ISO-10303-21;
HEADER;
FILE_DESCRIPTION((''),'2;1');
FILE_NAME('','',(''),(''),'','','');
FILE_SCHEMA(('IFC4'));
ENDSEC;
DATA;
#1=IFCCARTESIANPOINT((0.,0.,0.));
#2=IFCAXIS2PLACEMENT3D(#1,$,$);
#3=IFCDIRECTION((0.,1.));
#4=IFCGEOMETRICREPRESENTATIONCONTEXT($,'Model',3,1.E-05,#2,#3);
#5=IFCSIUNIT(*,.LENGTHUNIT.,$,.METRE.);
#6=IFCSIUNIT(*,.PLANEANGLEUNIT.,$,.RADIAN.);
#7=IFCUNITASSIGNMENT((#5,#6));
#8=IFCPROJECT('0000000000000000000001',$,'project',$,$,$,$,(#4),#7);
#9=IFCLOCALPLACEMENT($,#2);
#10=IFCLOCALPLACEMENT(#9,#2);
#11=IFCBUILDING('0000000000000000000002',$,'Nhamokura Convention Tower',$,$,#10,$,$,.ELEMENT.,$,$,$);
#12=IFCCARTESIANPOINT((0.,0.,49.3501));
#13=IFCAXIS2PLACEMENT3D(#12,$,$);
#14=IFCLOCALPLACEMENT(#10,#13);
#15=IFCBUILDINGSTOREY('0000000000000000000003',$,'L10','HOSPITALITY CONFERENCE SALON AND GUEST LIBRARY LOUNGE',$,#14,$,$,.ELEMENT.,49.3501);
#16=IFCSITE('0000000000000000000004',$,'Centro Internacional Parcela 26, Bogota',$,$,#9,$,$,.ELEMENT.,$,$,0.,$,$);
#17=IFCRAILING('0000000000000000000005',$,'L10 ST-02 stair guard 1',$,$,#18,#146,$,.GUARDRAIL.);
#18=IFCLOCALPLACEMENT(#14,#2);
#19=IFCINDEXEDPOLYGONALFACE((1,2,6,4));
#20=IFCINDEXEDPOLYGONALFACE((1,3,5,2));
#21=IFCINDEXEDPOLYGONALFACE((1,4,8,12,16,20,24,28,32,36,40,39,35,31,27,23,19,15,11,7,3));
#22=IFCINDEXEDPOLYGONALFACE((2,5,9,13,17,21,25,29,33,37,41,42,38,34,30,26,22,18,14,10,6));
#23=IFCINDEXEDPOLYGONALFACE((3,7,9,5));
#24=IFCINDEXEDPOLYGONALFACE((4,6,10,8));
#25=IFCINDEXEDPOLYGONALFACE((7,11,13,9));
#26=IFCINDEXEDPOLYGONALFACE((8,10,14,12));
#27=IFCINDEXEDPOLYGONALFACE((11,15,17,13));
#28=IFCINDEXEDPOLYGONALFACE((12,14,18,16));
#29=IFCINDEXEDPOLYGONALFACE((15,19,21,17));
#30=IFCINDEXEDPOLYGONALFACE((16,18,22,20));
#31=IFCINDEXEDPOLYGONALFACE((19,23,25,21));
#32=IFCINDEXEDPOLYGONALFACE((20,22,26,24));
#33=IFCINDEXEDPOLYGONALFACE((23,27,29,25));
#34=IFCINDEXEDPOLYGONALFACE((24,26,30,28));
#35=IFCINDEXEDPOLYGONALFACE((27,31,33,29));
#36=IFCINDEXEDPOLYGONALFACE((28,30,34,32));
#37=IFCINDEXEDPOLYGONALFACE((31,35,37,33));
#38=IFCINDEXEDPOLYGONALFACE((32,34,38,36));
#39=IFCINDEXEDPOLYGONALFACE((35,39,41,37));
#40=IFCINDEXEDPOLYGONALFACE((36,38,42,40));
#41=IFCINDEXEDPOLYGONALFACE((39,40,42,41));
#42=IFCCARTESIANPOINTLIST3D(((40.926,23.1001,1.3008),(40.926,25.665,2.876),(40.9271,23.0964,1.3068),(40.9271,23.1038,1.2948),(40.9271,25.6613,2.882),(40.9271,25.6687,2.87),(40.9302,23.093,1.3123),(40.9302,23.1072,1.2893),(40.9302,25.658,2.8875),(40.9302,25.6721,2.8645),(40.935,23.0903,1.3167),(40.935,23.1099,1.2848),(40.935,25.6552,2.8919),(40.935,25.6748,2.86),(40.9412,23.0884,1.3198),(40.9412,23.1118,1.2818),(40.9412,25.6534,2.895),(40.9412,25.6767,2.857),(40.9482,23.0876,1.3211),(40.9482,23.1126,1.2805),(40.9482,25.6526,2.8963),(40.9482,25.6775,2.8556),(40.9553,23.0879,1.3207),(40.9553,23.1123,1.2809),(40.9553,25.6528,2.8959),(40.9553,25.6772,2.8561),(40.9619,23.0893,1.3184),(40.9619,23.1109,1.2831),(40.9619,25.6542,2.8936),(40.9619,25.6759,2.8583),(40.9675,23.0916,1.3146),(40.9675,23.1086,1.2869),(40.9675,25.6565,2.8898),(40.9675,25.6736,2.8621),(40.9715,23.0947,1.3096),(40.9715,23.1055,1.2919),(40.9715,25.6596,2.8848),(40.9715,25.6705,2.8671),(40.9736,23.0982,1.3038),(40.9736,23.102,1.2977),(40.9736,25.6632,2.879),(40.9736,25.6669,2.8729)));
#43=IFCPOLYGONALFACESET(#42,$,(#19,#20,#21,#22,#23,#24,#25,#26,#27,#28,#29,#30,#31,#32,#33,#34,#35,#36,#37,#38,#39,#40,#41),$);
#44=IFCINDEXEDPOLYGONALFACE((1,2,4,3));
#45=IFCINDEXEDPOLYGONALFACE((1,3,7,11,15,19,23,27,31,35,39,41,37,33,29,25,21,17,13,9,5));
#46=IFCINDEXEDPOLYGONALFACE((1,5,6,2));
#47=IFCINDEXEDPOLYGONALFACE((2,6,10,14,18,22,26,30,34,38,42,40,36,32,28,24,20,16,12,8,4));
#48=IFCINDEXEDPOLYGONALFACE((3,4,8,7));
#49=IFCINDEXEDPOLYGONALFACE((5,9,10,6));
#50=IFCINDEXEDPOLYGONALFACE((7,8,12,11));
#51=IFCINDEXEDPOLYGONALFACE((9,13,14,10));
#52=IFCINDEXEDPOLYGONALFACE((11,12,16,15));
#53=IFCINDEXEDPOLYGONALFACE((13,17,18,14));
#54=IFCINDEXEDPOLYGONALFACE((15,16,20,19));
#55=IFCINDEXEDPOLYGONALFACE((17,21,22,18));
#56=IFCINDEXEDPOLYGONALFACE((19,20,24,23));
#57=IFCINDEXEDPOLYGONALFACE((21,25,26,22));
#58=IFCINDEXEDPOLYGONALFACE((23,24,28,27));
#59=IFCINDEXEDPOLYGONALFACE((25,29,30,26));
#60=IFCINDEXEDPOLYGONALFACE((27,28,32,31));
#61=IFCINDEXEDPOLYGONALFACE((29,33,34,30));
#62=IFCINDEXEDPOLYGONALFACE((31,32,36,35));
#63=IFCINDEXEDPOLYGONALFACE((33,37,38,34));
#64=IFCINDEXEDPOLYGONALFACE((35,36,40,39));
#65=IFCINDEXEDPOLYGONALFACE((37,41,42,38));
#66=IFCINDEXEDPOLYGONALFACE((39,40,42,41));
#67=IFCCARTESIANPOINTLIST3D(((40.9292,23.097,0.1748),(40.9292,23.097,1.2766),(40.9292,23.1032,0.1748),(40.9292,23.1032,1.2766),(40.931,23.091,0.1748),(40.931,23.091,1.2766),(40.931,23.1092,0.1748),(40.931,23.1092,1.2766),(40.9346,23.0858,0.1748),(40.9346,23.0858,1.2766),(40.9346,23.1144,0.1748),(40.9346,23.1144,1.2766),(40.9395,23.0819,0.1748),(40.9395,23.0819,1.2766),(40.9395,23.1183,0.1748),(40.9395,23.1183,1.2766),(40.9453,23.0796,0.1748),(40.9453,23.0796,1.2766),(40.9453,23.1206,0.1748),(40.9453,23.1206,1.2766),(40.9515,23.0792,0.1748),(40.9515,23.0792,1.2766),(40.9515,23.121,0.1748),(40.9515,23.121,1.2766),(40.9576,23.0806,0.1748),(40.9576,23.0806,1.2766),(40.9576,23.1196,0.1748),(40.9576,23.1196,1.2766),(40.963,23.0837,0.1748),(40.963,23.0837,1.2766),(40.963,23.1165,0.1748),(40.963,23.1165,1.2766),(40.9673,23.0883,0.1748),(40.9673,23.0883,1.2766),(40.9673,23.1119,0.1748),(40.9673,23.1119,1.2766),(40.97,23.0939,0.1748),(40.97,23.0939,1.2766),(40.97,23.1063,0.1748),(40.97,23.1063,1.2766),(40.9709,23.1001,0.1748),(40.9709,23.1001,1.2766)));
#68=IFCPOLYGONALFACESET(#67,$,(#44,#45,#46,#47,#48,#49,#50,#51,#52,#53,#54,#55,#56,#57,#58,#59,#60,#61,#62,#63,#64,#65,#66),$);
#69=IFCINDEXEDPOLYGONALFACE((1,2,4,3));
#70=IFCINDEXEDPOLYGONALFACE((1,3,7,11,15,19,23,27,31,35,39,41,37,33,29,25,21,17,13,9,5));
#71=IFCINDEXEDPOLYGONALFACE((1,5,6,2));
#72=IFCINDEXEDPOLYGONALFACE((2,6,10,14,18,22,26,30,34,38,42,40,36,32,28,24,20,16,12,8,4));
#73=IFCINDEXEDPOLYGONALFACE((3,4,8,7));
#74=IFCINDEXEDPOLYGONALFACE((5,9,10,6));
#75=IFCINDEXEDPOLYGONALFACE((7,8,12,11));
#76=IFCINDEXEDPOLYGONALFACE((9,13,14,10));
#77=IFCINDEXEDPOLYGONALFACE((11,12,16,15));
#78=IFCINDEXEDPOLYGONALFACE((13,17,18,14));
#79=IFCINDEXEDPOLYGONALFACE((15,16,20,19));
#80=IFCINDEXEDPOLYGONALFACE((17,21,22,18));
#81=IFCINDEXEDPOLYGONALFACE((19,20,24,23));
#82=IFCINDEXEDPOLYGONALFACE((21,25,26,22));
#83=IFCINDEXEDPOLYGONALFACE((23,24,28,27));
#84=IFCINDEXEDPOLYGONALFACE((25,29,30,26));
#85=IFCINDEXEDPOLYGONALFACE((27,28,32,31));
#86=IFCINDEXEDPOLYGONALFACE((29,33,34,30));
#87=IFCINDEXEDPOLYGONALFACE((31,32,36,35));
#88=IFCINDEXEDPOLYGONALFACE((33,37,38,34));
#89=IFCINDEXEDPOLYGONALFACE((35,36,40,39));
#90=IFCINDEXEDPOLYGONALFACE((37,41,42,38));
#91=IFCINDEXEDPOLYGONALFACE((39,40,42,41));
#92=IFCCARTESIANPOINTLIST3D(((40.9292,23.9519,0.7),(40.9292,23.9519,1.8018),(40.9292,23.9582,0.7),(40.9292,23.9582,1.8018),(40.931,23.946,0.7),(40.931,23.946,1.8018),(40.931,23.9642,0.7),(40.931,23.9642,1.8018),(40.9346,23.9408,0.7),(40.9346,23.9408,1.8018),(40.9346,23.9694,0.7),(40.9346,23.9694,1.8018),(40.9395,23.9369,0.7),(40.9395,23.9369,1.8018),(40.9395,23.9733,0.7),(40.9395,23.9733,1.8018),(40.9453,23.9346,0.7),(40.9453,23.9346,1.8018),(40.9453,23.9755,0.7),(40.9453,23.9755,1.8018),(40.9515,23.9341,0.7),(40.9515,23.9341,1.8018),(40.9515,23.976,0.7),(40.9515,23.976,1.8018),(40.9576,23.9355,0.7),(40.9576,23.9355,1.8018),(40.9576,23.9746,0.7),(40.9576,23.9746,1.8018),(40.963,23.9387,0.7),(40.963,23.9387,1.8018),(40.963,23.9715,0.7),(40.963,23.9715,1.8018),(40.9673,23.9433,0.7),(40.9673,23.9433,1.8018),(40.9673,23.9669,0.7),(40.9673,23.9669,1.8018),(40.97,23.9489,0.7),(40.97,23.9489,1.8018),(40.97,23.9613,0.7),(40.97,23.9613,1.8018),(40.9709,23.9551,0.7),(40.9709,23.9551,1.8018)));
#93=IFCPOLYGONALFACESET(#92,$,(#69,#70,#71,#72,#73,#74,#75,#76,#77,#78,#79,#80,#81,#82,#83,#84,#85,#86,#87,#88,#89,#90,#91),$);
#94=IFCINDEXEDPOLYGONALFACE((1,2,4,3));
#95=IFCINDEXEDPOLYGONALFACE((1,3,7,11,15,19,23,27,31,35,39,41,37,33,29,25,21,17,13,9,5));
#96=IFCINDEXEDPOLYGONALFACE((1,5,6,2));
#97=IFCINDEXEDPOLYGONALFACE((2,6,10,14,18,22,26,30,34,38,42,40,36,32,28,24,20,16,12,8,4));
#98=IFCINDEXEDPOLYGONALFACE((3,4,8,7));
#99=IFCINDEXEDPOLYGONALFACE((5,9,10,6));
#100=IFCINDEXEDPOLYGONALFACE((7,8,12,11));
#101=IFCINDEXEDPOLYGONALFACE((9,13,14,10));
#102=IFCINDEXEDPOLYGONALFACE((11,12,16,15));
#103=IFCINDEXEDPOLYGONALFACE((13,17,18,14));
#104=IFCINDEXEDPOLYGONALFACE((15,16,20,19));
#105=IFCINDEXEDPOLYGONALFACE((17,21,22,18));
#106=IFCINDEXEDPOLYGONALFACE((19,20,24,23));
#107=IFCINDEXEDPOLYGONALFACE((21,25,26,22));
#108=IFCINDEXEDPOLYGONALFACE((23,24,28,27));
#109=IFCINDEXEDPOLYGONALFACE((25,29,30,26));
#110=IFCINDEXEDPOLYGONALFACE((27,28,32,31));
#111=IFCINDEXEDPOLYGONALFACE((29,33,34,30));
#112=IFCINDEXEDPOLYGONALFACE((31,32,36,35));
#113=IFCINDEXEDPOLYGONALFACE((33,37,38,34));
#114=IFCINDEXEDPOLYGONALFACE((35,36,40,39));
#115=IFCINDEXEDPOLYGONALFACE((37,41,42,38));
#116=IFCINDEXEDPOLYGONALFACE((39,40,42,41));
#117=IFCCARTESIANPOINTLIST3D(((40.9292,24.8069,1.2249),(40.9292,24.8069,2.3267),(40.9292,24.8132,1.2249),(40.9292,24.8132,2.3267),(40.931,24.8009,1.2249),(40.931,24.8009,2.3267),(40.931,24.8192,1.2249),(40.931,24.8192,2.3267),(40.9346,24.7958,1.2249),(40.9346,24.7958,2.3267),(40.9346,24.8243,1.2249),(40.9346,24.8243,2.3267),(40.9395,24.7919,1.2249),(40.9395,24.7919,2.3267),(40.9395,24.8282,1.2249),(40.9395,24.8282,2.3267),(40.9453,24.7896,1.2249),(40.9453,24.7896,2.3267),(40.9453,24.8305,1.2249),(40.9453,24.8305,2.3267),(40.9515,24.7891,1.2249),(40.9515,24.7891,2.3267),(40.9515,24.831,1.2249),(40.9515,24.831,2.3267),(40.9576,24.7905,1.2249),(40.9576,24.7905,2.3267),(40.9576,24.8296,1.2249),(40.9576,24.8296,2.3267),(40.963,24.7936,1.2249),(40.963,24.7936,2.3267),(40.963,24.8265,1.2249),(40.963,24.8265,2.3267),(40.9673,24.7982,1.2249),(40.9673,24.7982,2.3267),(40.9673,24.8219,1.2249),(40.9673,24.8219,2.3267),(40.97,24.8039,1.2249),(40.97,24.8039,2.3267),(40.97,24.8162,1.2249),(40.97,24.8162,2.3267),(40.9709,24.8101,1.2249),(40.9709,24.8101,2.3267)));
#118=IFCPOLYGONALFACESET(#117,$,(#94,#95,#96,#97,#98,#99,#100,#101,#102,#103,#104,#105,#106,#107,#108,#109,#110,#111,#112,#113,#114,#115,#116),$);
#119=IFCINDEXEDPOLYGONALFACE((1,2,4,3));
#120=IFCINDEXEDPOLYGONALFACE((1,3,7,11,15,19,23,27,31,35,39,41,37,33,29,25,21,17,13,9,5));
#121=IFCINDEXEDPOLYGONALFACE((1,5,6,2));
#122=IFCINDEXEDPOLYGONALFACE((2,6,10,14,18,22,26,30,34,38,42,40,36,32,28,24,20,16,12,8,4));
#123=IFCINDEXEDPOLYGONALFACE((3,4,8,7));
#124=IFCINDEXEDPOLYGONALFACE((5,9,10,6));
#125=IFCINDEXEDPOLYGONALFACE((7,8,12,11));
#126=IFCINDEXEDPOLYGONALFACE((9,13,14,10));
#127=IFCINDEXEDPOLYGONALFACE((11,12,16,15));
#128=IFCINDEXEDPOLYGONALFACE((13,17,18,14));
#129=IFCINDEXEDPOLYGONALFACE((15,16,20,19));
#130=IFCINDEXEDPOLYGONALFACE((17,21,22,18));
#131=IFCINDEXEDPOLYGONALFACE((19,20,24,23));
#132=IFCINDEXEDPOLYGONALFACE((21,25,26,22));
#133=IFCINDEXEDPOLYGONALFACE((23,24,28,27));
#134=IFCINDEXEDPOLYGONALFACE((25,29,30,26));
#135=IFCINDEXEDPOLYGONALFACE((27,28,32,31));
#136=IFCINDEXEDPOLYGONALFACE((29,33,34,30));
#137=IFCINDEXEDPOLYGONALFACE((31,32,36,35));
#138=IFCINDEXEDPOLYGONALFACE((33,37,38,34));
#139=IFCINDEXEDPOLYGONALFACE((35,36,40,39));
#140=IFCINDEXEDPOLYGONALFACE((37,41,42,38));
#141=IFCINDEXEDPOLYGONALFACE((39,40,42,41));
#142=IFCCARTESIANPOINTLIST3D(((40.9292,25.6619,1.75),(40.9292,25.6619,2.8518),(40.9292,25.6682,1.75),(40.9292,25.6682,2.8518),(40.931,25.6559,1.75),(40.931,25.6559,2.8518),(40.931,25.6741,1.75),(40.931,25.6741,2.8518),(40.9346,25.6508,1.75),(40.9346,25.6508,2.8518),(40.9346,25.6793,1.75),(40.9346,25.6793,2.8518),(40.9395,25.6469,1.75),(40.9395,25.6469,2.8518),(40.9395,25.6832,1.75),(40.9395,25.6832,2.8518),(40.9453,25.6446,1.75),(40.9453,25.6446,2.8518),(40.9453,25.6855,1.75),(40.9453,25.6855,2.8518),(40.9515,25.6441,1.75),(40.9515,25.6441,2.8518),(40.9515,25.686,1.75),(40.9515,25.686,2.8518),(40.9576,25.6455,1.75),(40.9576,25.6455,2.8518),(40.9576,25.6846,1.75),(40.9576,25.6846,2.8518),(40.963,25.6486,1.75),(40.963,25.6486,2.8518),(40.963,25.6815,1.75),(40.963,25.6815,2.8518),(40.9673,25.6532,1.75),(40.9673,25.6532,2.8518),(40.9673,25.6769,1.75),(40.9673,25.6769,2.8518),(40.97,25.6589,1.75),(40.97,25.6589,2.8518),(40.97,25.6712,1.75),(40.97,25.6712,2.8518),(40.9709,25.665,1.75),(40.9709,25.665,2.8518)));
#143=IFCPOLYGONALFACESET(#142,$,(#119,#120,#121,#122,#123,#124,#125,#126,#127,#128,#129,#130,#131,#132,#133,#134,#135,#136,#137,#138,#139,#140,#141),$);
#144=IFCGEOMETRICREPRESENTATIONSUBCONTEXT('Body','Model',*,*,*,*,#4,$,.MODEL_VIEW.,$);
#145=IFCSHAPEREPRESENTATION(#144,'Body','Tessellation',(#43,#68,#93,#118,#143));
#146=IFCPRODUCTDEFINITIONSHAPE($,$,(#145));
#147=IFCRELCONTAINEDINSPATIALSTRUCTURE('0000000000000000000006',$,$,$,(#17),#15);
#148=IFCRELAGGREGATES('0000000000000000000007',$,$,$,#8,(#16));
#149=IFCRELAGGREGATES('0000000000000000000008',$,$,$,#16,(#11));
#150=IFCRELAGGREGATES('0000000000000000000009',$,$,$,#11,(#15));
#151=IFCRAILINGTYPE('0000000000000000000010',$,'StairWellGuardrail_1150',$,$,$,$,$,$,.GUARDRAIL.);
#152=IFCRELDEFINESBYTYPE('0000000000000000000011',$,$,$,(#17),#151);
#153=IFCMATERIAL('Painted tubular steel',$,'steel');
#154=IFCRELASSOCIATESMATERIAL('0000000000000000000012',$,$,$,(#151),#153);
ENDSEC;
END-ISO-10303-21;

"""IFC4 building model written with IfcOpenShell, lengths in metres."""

from ifc_helpers import new_model, si_unit, direction, frame, origin, origin_2d, place, context, subcontext, project, spatial, circle, extrude, material, type_object, element, save


model = new_model("IFC4")

# Units and contexts
model_context = context("Model", 3, precision=1e-05, world=origin(), true_north=direction((0.0, 1.0)))
body_context = subcontext(model_context, "Body", "Model", "MODEL_VIEW")
ifc_project = project(units=[si_unit("LENGTHUNIT", "METRE"), si_unit("PLANEANGLEUNIT", "RADIAN")], contexts=[model_context])

# Site, building, storey
site_placement = place(None, origin())
site = spatial("IfcSite", under=ifc_project, at=site_placement, Name="Centro Internacional Parcela 26, Bogota", CompositionType="ELEMENT", RefElevation=0.0)
building_placement = place(site_placement, origin())
building = spatial("IfcBuilding", under=site, at=building_placement, Name="Nhamokura Convention Tower", CompositionType="ELEMENT")
storey_placement = place(building_placement, frame((0.0, 0.0, 49.3501)))
storey = spatial("IfcBuildingStorey", under=building, at=storey_placement, Name="L10", Description="HOSPITALITY CONFERENCE SALON AND GUEST LIBRARY LOUNGE", CompositionType="ELEMENT", Elevation=49.3501)

# Railing
ifc_material_1 = material(Name="Painted tubular steel", Category="steel")
railing_type_1 = type_object("IfcRailingType", Name="StairWellGuardrail_1150", PredefinedType="GUARDRAIL", material=ifc_material_1)
railing_1_placement = place(storey_placement, frame((40.95, 23.1001, 0.1748)))
element("IfcRailing", 1, at=railing_1_placement, inside=storey, type_object=railing_type_1, Name="L10 ST-02 stair guard 1", PredefinedType="GUARDRAIL", context=body_context, shape_type="SweptSolid", body=[
    extrude(circle(Radius=0.0239, at=origin_2d()), frame((0.0, 0.0, 1.126), z_axis=(0.0, 0.852137, 0.523319), x_axis=(-1.0, 0.0, 0.0)), (0.0, 0.0, 1.0), 3.01),
    extrude(circle(Radius=0.021, at=origin_2d()), origin(), (0.0, 0.0, 1.0), 1.1018),
    extrude(circle(Radius=0.021, at=origin_2d()), frame((0.0, 0.855, 0.5251)), (0.0, 0.0, 1.0), 1.1018),
    extrude(circle(Radius=0.021, at=origin_2d()), frame((0.0, 1.71, 1.05)), (0.0, 0.0, 1.0), 1.1018),
    extrude(circle(Radius=0.021, at=origin_2d()), frame((0.0, 2.5649, 1.5752)), (0.0, 0.0, 1.0), 1.1018),
])

save(model, "model.ifc")
